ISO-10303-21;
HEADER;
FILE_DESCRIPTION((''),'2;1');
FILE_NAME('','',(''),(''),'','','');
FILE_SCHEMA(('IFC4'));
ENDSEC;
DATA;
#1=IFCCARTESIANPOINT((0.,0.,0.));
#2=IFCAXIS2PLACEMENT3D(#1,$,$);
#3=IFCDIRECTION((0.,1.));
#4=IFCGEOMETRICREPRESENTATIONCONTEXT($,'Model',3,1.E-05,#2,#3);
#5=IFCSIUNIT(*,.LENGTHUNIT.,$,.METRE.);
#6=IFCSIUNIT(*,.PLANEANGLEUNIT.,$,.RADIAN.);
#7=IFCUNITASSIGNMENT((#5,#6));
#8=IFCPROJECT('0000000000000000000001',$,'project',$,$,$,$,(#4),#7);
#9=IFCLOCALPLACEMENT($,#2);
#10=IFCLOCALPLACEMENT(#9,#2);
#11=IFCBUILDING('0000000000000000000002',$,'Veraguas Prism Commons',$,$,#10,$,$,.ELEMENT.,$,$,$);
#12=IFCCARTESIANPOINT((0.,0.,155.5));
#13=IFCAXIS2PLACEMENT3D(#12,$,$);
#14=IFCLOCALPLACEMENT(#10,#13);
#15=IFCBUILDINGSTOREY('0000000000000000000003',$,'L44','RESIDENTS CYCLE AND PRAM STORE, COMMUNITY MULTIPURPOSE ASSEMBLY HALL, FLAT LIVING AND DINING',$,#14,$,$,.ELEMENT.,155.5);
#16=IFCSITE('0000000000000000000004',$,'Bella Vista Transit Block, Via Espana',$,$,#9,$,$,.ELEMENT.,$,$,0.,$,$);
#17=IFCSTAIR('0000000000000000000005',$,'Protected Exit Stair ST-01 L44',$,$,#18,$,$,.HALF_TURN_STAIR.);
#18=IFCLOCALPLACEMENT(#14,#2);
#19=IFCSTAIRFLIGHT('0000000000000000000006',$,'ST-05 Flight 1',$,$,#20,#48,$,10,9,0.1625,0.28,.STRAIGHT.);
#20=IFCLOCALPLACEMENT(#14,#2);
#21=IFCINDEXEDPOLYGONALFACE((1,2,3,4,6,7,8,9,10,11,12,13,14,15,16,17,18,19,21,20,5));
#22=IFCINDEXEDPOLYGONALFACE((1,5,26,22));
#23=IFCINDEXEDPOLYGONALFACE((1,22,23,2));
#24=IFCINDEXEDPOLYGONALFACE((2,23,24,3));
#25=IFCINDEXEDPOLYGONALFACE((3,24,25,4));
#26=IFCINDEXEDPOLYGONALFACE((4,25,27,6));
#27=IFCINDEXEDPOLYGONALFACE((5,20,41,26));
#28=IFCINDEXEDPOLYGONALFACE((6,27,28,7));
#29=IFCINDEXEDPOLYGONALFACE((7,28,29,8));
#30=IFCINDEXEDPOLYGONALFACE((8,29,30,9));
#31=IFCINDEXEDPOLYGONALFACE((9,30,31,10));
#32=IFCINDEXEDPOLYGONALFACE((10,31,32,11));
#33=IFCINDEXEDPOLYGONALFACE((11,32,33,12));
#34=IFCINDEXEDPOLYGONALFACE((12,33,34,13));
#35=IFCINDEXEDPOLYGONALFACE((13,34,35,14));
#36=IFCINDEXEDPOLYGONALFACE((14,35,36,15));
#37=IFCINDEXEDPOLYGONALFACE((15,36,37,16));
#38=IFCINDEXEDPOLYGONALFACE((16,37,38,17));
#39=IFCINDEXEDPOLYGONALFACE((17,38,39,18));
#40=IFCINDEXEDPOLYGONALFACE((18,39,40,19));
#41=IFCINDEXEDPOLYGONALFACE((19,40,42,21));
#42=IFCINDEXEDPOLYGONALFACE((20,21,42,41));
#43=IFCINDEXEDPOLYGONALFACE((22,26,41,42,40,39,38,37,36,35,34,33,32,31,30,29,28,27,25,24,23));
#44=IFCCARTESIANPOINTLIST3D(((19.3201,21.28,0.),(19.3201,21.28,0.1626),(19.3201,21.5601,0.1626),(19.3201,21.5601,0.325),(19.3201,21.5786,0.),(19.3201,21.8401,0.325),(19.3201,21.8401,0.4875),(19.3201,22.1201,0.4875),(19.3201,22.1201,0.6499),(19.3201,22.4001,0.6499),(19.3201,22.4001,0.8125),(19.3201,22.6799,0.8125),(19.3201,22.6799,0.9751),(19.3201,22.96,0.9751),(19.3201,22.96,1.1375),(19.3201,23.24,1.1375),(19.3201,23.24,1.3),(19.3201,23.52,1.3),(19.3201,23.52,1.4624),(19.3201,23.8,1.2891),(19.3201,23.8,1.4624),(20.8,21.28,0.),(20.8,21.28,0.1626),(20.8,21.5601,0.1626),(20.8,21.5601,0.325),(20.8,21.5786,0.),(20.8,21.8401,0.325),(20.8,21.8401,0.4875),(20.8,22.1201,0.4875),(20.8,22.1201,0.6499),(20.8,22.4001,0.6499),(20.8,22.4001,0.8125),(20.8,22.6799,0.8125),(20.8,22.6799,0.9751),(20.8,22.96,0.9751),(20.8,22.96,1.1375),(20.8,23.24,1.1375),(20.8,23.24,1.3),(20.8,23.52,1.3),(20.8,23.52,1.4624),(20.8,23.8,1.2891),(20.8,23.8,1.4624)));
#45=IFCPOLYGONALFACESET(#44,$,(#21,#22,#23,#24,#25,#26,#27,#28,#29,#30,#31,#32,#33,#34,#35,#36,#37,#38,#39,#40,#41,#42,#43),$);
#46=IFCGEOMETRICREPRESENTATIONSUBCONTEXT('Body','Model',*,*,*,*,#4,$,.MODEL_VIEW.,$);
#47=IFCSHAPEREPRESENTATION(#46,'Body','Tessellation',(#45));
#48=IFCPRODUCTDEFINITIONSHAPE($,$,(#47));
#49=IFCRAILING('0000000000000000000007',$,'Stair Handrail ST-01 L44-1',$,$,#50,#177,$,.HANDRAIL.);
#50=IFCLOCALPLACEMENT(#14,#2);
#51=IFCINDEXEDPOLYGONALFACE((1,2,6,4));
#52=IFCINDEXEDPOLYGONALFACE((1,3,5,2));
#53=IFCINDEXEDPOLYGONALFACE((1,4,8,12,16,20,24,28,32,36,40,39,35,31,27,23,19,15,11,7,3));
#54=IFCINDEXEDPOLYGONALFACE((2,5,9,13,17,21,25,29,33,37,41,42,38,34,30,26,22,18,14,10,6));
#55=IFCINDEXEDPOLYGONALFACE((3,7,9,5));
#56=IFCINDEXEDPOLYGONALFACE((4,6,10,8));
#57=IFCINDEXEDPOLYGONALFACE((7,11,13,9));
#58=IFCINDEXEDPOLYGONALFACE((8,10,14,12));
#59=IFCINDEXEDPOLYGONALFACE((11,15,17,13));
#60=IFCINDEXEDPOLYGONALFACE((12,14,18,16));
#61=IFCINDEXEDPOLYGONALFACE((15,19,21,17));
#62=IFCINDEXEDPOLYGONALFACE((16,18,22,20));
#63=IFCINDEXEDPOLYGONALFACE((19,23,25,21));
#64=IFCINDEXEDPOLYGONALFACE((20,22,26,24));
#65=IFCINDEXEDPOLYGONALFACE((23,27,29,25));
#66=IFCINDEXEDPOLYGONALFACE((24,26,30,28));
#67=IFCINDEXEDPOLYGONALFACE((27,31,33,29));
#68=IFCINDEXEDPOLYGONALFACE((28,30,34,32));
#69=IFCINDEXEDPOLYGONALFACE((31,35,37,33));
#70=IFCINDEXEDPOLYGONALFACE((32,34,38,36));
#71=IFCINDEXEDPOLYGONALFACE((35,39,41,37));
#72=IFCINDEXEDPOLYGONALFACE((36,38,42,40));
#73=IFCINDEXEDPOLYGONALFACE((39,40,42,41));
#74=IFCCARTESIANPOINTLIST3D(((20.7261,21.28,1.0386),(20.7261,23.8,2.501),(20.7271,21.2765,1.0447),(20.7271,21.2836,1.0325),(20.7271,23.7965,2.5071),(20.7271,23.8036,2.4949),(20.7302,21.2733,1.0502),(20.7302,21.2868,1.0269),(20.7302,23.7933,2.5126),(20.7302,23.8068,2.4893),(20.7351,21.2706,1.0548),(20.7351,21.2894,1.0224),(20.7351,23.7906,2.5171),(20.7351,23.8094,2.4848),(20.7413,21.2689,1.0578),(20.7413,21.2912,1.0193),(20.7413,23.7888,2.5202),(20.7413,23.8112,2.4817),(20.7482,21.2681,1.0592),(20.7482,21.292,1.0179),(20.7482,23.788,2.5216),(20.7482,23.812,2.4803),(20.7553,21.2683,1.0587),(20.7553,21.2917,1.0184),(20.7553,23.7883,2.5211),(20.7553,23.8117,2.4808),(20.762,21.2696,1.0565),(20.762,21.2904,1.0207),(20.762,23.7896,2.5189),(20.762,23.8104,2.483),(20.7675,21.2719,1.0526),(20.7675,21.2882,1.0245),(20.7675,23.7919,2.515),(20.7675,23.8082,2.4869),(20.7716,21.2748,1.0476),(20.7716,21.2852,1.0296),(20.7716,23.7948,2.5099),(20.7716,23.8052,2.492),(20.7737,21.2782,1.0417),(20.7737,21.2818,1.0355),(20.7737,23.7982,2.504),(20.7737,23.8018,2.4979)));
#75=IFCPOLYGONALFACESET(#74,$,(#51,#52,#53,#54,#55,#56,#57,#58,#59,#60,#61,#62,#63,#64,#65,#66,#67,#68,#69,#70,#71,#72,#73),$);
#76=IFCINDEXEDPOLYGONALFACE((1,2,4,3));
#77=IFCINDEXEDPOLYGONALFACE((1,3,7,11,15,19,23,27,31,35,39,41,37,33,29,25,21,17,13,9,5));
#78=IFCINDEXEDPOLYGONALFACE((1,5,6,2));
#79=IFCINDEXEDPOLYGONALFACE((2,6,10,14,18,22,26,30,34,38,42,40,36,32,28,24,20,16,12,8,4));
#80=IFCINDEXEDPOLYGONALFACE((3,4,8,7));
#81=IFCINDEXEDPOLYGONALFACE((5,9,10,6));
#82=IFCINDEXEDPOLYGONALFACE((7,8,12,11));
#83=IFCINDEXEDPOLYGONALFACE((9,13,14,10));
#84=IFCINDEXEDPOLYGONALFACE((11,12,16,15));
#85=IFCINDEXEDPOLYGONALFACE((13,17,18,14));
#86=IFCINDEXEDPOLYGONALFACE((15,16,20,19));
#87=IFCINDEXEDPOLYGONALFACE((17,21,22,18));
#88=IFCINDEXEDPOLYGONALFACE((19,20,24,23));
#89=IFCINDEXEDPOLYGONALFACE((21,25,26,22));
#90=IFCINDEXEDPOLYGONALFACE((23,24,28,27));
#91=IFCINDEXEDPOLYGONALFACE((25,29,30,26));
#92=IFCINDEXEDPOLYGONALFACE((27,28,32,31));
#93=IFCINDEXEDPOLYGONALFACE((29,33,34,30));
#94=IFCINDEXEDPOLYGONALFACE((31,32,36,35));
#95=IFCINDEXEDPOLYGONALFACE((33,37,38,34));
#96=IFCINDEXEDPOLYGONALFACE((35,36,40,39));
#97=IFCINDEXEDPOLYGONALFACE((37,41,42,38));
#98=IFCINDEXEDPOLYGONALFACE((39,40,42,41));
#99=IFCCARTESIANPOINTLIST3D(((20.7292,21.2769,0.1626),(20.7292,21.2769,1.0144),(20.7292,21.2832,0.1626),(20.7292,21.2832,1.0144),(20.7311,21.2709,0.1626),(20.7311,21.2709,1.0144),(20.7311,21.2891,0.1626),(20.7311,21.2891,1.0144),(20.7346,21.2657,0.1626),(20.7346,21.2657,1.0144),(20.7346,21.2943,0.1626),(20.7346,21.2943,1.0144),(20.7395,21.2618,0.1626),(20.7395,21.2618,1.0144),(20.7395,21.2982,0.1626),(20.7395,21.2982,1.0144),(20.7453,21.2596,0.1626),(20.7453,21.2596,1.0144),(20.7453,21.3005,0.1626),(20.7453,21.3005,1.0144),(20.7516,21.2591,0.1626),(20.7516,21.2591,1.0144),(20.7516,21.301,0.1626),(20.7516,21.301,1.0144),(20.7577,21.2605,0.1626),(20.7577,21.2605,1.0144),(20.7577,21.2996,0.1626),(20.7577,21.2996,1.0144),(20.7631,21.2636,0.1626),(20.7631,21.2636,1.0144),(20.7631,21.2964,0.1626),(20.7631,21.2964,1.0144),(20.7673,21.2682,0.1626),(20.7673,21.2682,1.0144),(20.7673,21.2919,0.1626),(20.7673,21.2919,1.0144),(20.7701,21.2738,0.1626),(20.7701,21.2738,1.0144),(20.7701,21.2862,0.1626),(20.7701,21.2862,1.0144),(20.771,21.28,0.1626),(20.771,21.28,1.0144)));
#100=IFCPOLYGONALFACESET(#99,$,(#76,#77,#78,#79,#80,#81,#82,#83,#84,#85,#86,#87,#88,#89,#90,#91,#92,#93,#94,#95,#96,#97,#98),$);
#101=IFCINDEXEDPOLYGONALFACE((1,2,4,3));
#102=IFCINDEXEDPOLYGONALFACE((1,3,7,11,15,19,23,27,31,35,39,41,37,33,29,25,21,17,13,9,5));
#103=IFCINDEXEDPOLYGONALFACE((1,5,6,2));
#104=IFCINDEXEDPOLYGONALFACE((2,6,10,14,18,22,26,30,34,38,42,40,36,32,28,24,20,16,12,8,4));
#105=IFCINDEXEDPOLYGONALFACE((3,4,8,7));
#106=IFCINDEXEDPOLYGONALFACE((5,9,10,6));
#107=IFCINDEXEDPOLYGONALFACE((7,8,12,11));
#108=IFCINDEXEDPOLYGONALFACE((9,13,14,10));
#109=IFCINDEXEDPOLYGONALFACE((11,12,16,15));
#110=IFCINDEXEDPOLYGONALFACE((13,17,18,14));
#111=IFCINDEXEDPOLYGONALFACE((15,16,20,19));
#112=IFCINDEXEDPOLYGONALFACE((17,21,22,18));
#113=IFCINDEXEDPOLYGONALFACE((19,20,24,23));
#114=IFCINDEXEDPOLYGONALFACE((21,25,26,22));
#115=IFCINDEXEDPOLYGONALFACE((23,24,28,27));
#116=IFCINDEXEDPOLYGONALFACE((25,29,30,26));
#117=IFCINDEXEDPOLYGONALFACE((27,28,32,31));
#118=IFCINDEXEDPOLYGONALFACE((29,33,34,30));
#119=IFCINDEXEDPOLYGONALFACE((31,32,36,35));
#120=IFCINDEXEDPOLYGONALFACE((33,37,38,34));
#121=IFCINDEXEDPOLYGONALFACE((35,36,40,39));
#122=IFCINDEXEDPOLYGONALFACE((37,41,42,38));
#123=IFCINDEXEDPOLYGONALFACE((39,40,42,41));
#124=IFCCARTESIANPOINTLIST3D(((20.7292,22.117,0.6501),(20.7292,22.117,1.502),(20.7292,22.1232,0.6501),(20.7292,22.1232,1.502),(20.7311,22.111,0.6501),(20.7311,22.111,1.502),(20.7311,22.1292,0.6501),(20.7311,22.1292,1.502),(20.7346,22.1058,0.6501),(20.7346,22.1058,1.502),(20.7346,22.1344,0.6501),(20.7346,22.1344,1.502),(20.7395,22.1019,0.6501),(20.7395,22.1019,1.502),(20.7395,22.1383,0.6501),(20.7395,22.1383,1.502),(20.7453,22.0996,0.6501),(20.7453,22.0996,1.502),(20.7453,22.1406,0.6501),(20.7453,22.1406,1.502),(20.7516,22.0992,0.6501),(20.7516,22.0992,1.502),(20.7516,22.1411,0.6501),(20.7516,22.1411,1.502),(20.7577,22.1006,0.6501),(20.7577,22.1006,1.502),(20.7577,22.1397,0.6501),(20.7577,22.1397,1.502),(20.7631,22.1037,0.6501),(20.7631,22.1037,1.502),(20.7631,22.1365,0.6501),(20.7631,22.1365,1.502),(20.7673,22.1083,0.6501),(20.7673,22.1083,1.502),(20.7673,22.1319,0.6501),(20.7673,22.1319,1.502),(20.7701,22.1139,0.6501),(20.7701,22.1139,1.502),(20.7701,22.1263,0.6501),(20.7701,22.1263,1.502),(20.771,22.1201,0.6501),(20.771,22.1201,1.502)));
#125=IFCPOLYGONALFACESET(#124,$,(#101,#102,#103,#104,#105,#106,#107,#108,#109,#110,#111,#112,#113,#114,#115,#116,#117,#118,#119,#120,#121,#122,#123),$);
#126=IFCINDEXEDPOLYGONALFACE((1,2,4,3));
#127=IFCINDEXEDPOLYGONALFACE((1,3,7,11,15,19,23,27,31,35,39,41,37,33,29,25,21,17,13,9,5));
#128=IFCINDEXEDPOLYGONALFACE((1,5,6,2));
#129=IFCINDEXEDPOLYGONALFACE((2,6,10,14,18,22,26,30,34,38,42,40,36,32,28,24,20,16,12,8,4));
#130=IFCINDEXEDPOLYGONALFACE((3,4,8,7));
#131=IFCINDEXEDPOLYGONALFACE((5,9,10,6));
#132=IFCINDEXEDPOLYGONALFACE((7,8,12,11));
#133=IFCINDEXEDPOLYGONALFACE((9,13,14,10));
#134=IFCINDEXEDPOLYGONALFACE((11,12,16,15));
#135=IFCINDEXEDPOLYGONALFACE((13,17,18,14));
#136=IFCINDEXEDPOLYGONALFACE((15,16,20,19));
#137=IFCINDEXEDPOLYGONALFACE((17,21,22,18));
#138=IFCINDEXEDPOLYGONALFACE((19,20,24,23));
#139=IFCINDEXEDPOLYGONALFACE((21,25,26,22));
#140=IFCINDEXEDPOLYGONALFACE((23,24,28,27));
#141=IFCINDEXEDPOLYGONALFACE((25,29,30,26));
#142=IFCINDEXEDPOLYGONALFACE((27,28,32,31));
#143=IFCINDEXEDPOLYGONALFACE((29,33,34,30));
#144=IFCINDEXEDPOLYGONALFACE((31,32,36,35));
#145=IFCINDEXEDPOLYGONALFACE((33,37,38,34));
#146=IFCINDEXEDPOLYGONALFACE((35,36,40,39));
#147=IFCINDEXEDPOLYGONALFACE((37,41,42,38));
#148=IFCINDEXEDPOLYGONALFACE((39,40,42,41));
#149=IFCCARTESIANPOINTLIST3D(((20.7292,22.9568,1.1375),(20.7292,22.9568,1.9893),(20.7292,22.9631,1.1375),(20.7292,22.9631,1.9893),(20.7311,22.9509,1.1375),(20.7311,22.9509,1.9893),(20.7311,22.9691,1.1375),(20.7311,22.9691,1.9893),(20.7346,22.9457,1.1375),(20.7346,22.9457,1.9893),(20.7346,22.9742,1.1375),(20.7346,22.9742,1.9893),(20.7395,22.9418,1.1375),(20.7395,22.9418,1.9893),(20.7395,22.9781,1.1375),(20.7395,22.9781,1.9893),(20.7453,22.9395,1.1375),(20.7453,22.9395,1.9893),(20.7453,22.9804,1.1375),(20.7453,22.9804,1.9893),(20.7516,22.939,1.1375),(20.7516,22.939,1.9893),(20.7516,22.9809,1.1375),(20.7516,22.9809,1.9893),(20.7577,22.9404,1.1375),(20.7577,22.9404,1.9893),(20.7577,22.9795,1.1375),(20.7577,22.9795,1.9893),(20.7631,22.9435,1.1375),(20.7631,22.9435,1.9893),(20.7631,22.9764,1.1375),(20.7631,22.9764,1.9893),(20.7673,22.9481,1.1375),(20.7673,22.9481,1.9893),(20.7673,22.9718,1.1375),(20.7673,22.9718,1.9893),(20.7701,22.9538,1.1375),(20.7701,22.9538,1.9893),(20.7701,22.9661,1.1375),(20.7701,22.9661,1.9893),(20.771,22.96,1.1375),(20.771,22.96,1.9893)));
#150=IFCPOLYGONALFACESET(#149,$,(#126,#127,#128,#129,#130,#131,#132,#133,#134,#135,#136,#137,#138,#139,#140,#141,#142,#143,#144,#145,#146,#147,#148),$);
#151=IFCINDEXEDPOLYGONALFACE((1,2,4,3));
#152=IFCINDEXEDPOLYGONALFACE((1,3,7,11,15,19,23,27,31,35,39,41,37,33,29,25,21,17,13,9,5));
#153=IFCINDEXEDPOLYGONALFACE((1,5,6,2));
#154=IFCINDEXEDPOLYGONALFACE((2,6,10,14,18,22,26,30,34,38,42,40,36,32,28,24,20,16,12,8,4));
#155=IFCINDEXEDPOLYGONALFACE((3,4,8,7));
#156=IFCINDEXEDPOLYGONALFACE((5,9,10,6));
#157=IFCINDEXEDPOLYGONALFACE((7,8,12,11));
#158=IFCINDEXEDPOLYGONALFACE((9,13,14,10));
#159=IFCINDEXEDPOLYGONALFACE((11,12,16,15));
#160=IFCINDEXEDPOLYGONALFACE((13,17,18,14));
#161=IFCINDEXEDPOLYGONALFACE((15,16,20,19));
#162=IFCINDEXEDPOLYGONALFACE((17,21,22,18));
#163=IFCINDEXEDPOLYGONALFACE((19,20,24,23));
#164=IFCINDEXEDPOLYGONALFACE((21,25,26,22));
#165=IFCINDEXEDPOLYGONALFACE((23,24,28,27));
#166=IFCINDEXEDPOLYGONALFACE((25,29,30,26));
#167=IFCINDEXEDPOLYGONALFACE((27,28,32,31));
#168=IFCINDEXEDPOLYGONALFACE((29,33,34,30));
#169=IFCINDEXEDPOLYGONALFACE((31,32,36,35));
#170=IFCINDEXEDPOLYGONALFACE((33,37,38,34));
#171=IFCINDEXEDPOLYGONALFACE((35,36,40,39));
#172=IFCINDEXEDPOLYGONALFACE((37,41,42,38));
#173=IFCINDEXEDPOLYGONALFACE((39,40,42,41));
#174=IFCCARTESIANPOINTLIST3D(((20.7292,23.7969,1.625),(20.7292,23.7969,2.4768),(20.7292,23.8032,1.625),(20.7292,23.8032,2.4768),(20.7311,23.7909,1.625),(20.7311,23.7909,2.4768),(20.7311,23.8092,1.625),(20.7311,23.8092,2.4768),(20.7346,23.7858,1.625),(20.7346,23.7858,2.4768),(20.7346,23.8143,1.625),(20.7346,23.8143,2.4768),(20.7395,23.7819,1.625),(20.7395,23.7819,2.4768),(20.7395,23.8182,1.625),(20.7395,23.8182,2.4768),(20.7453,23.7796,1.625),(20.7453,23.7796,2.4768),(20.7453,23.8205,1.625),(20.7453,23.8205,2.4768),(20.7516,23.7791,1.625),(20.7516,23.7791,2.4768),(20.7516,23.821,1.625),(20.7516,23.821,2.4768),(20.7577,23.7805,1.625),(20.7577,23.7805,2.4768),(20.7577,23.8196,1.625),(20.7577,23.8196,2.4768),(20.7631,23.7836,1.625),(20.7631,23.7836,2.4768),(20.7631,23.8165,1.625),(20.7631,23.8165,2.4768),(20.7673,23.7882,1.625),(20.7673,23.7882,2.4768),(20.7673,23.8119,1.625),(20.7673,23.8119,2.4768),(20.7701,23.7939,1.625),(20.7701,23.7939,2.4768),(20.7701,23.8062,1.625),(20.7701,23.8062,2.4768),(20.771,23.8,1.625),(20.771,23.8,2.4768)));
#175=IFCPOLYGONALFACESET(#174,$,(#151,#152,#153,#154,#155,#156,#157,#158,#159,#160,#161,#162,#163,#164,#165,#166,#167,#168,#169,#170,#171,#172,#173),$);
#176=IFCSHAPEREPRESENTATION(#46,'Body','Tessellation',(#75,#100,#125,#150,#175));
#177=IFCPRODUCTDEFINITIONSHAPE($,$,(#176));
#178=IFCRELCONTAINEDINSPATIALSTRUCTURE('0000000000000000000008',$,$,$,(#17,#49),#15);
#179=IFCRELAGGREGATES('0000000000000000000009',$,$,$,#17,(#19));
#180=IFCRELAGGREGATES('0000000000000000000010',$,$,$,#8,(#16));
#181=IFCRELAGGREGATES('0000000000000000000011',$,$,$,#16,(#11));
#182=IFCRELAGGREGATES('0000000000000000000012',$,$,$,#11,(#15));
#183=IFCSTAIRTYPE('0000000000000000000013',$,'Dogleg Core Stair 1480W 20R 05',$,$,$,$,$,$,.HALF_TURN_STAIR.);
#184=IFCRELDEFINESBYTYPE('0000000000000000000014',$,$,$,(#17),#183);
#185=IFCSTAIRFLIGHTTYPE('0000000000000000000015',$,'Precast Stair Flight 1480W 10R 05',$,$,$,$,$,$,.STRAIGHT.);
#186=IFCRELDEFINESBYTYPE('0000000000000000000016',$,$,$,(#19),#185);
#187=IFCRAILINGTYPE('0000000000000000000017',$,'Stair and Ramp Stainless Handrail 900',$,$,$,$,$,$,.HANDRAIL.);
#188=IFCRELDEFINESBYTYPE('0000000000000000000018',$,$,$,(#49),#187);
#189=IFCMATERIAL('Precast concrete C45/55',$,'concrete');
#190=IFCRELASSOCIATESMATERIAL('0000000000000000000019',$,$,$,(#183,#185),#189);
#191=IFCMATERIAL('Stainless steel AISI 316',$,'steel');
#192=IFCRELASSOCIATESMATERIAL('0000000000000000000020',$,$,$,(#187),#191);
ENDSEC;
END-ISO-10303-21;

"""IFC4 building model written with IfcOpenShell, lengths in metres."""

from ifc_helpers import new_model, si_unit, direction, frame, origin, origin_2d, place, context, subcontext, project, spatial, polyline, circle, outline, extrude, material, type_object, element, aggregate, save


model = new_model("IFC4")

# Units and contexts
model_context = context("Model", 3, precision=1e-05, world=origin(), true_north=direction((0.0, 1.0)))
body_context = subcontext(model_context, "Body", "Model", "MODEL_VIEW")
ifc_project = project(units=[si_unit("LENGTHUNIT", "METRE"), si_unit("PLANEANGLEUNIT", "RADIAN")], contexts=[model_context])

# Site, building, storey
site_placement = place(None, origin())
site = spatial("IfcSite", under=ifc_project, at=site_placement, Name="Bella Vista Transit Block, Via Espana", CompositionType="ELEMENT", RefElevation=0.0)
building_placement = place(site_placement, origin())
building = spatial("IfcBuilding", under=site, at=building_placement, Name="Veraguas Prism Commons", CompositionType="ELEMENT")
storey_placement = place(building_placement, frame((0.0, 0.0, 155.5)))
storey = spatial("IfcBuildingStorey", under=building, at=storey_placement, Name="L44", Description="RESIDENTS CYCLE AND PRAM STORE, COMMUNITY MULTIPURPOSE ASSEMBLY HALL, FLAT LIVING AND DINING", CompositionType="ELEMENT", Elevation=155.5)

# Stair, stair flight
ifc_material_1 = material(Name="Precast concrete C45/55", Category="concrete")
stair_type = type_object("IfcStairType", Name="Dogleg Core Stair 1480W 20R 05", PredefinedType="HALF_TURN_STAIR", material=ifc_material_1)
stair_placement = place(storey_placement, origin())
stair = element("IfcStair", 1, at=stair_placement, inside=storey, type_object=stair_type, Name="Protected Exit Stair ST-01 L44", PredefinedType="HALF_TURN_STAIR")
stair_flight_type = type_object("IfcStairFlightType", Name="Precast Stair Flight 1480W 10R 05", PredefinedType="STRAIGHT", material=ifc_material_1)
stair_flight_placement = place(storey_placement, frame((20.0601, 21.28, 0.0), z_axis=(0.0, 0.0, 1.0), x_axis=(0.0, 1.0, 0.0)))
stair_flight = element("IfcStairFlight", 2, at=stair_flight_placement, type_object=stair_flight_type, Name="ST-05 Flight 1", NumberOfRisers=10, NumberOfTreads=9, PredefinedType="STRAIGHT", RiserHeight=0.1625, TreadLength=0.28, context=body_context, shape_type="SweptSolid", body=[
    extrude(outline(polyline([(0.0, 0.0), (0.0, 0.1626), (0.28, 0.1626), (0.28, 0.325), (0.5601, 0.325), (0.5601, 0.4875), (0.8401, 0.4875), (0.8401, 0.6499), (1.1201, 0.6499), (1.1201, 0.8125), (1.3999, 0.8125), (1.3999, 0.9751), (1.6799, 0.9751), (1.6799, 1.1375), (1.96, 1.1375), (1.96, 1.3), (2.24, 1.3), (2.24, 1.4624), (2.52, 1.4624), (2.52, 1.625), (2.52, 1.2891), (0.2986, 0.0), (0.0, 0.0)])), frame((0.0, 0.74, 0.0), z_axis=(0.0, -1.0, 0.0), x_axis=(1.0, 0.0, 0.0)), (0.0, 0.0, 1.0), 1.48),
])
aggregate(stair, [stair_flight])

# Railing
ifc_material_2 = material(Name="Stainless steel AISI 316", Category="steel")
railing_type_1 = type_object("IfcRailingType", Name="Stair and Ramp Stainless Handrail 900", PredefinedType="HANDRAIL", material=ifc_material_2)
railing_1_placement = place(storey_placement, frame((20.75, 21.28, 0.1626)))
element("IfcRailing", 3, at=railing_1_placement, inside=storey, type_object=railing_type_1, Name="Stair Handrail ST-01 L44-1", PredefinedType="HANDRAIL", context=body_context, shape_type="SweptSolid", body=[
    extrude(circle(Radius=0.0239, at=origin_2d()), frame((0.0, 0.0, 0.876), z_axis=(0.0, 0.864913, 0.501921), x_axis=(-1.0, 0.0, 0.0)), (0.0, 0.0, 1.0), 2.9136),
    extrude(circle(Radius=0.021, at=origin_2d()), origin(), (0.0, 0.0, 1.0), 0.8518),
    extrude(circle(Radius=0.021, at=origin_2d()), frame((0.0, 0.8401, 0.4875)), (0.0, 0.0, 1.0), 0.8518),
    extrude(circle(Radius=0.021, at=origin_2d()), frame((0.0, 1.6799, 0.9749)), (0.0, 0.0, 1.0), 0.8518),
    extrude(circle(Radius=0.021, at=origin_2d()), frame((0.0, 2.52, 1.4624)), (0.0, 0.0, 1.0), 0.8518),
])

save(model, "model.ifc")
